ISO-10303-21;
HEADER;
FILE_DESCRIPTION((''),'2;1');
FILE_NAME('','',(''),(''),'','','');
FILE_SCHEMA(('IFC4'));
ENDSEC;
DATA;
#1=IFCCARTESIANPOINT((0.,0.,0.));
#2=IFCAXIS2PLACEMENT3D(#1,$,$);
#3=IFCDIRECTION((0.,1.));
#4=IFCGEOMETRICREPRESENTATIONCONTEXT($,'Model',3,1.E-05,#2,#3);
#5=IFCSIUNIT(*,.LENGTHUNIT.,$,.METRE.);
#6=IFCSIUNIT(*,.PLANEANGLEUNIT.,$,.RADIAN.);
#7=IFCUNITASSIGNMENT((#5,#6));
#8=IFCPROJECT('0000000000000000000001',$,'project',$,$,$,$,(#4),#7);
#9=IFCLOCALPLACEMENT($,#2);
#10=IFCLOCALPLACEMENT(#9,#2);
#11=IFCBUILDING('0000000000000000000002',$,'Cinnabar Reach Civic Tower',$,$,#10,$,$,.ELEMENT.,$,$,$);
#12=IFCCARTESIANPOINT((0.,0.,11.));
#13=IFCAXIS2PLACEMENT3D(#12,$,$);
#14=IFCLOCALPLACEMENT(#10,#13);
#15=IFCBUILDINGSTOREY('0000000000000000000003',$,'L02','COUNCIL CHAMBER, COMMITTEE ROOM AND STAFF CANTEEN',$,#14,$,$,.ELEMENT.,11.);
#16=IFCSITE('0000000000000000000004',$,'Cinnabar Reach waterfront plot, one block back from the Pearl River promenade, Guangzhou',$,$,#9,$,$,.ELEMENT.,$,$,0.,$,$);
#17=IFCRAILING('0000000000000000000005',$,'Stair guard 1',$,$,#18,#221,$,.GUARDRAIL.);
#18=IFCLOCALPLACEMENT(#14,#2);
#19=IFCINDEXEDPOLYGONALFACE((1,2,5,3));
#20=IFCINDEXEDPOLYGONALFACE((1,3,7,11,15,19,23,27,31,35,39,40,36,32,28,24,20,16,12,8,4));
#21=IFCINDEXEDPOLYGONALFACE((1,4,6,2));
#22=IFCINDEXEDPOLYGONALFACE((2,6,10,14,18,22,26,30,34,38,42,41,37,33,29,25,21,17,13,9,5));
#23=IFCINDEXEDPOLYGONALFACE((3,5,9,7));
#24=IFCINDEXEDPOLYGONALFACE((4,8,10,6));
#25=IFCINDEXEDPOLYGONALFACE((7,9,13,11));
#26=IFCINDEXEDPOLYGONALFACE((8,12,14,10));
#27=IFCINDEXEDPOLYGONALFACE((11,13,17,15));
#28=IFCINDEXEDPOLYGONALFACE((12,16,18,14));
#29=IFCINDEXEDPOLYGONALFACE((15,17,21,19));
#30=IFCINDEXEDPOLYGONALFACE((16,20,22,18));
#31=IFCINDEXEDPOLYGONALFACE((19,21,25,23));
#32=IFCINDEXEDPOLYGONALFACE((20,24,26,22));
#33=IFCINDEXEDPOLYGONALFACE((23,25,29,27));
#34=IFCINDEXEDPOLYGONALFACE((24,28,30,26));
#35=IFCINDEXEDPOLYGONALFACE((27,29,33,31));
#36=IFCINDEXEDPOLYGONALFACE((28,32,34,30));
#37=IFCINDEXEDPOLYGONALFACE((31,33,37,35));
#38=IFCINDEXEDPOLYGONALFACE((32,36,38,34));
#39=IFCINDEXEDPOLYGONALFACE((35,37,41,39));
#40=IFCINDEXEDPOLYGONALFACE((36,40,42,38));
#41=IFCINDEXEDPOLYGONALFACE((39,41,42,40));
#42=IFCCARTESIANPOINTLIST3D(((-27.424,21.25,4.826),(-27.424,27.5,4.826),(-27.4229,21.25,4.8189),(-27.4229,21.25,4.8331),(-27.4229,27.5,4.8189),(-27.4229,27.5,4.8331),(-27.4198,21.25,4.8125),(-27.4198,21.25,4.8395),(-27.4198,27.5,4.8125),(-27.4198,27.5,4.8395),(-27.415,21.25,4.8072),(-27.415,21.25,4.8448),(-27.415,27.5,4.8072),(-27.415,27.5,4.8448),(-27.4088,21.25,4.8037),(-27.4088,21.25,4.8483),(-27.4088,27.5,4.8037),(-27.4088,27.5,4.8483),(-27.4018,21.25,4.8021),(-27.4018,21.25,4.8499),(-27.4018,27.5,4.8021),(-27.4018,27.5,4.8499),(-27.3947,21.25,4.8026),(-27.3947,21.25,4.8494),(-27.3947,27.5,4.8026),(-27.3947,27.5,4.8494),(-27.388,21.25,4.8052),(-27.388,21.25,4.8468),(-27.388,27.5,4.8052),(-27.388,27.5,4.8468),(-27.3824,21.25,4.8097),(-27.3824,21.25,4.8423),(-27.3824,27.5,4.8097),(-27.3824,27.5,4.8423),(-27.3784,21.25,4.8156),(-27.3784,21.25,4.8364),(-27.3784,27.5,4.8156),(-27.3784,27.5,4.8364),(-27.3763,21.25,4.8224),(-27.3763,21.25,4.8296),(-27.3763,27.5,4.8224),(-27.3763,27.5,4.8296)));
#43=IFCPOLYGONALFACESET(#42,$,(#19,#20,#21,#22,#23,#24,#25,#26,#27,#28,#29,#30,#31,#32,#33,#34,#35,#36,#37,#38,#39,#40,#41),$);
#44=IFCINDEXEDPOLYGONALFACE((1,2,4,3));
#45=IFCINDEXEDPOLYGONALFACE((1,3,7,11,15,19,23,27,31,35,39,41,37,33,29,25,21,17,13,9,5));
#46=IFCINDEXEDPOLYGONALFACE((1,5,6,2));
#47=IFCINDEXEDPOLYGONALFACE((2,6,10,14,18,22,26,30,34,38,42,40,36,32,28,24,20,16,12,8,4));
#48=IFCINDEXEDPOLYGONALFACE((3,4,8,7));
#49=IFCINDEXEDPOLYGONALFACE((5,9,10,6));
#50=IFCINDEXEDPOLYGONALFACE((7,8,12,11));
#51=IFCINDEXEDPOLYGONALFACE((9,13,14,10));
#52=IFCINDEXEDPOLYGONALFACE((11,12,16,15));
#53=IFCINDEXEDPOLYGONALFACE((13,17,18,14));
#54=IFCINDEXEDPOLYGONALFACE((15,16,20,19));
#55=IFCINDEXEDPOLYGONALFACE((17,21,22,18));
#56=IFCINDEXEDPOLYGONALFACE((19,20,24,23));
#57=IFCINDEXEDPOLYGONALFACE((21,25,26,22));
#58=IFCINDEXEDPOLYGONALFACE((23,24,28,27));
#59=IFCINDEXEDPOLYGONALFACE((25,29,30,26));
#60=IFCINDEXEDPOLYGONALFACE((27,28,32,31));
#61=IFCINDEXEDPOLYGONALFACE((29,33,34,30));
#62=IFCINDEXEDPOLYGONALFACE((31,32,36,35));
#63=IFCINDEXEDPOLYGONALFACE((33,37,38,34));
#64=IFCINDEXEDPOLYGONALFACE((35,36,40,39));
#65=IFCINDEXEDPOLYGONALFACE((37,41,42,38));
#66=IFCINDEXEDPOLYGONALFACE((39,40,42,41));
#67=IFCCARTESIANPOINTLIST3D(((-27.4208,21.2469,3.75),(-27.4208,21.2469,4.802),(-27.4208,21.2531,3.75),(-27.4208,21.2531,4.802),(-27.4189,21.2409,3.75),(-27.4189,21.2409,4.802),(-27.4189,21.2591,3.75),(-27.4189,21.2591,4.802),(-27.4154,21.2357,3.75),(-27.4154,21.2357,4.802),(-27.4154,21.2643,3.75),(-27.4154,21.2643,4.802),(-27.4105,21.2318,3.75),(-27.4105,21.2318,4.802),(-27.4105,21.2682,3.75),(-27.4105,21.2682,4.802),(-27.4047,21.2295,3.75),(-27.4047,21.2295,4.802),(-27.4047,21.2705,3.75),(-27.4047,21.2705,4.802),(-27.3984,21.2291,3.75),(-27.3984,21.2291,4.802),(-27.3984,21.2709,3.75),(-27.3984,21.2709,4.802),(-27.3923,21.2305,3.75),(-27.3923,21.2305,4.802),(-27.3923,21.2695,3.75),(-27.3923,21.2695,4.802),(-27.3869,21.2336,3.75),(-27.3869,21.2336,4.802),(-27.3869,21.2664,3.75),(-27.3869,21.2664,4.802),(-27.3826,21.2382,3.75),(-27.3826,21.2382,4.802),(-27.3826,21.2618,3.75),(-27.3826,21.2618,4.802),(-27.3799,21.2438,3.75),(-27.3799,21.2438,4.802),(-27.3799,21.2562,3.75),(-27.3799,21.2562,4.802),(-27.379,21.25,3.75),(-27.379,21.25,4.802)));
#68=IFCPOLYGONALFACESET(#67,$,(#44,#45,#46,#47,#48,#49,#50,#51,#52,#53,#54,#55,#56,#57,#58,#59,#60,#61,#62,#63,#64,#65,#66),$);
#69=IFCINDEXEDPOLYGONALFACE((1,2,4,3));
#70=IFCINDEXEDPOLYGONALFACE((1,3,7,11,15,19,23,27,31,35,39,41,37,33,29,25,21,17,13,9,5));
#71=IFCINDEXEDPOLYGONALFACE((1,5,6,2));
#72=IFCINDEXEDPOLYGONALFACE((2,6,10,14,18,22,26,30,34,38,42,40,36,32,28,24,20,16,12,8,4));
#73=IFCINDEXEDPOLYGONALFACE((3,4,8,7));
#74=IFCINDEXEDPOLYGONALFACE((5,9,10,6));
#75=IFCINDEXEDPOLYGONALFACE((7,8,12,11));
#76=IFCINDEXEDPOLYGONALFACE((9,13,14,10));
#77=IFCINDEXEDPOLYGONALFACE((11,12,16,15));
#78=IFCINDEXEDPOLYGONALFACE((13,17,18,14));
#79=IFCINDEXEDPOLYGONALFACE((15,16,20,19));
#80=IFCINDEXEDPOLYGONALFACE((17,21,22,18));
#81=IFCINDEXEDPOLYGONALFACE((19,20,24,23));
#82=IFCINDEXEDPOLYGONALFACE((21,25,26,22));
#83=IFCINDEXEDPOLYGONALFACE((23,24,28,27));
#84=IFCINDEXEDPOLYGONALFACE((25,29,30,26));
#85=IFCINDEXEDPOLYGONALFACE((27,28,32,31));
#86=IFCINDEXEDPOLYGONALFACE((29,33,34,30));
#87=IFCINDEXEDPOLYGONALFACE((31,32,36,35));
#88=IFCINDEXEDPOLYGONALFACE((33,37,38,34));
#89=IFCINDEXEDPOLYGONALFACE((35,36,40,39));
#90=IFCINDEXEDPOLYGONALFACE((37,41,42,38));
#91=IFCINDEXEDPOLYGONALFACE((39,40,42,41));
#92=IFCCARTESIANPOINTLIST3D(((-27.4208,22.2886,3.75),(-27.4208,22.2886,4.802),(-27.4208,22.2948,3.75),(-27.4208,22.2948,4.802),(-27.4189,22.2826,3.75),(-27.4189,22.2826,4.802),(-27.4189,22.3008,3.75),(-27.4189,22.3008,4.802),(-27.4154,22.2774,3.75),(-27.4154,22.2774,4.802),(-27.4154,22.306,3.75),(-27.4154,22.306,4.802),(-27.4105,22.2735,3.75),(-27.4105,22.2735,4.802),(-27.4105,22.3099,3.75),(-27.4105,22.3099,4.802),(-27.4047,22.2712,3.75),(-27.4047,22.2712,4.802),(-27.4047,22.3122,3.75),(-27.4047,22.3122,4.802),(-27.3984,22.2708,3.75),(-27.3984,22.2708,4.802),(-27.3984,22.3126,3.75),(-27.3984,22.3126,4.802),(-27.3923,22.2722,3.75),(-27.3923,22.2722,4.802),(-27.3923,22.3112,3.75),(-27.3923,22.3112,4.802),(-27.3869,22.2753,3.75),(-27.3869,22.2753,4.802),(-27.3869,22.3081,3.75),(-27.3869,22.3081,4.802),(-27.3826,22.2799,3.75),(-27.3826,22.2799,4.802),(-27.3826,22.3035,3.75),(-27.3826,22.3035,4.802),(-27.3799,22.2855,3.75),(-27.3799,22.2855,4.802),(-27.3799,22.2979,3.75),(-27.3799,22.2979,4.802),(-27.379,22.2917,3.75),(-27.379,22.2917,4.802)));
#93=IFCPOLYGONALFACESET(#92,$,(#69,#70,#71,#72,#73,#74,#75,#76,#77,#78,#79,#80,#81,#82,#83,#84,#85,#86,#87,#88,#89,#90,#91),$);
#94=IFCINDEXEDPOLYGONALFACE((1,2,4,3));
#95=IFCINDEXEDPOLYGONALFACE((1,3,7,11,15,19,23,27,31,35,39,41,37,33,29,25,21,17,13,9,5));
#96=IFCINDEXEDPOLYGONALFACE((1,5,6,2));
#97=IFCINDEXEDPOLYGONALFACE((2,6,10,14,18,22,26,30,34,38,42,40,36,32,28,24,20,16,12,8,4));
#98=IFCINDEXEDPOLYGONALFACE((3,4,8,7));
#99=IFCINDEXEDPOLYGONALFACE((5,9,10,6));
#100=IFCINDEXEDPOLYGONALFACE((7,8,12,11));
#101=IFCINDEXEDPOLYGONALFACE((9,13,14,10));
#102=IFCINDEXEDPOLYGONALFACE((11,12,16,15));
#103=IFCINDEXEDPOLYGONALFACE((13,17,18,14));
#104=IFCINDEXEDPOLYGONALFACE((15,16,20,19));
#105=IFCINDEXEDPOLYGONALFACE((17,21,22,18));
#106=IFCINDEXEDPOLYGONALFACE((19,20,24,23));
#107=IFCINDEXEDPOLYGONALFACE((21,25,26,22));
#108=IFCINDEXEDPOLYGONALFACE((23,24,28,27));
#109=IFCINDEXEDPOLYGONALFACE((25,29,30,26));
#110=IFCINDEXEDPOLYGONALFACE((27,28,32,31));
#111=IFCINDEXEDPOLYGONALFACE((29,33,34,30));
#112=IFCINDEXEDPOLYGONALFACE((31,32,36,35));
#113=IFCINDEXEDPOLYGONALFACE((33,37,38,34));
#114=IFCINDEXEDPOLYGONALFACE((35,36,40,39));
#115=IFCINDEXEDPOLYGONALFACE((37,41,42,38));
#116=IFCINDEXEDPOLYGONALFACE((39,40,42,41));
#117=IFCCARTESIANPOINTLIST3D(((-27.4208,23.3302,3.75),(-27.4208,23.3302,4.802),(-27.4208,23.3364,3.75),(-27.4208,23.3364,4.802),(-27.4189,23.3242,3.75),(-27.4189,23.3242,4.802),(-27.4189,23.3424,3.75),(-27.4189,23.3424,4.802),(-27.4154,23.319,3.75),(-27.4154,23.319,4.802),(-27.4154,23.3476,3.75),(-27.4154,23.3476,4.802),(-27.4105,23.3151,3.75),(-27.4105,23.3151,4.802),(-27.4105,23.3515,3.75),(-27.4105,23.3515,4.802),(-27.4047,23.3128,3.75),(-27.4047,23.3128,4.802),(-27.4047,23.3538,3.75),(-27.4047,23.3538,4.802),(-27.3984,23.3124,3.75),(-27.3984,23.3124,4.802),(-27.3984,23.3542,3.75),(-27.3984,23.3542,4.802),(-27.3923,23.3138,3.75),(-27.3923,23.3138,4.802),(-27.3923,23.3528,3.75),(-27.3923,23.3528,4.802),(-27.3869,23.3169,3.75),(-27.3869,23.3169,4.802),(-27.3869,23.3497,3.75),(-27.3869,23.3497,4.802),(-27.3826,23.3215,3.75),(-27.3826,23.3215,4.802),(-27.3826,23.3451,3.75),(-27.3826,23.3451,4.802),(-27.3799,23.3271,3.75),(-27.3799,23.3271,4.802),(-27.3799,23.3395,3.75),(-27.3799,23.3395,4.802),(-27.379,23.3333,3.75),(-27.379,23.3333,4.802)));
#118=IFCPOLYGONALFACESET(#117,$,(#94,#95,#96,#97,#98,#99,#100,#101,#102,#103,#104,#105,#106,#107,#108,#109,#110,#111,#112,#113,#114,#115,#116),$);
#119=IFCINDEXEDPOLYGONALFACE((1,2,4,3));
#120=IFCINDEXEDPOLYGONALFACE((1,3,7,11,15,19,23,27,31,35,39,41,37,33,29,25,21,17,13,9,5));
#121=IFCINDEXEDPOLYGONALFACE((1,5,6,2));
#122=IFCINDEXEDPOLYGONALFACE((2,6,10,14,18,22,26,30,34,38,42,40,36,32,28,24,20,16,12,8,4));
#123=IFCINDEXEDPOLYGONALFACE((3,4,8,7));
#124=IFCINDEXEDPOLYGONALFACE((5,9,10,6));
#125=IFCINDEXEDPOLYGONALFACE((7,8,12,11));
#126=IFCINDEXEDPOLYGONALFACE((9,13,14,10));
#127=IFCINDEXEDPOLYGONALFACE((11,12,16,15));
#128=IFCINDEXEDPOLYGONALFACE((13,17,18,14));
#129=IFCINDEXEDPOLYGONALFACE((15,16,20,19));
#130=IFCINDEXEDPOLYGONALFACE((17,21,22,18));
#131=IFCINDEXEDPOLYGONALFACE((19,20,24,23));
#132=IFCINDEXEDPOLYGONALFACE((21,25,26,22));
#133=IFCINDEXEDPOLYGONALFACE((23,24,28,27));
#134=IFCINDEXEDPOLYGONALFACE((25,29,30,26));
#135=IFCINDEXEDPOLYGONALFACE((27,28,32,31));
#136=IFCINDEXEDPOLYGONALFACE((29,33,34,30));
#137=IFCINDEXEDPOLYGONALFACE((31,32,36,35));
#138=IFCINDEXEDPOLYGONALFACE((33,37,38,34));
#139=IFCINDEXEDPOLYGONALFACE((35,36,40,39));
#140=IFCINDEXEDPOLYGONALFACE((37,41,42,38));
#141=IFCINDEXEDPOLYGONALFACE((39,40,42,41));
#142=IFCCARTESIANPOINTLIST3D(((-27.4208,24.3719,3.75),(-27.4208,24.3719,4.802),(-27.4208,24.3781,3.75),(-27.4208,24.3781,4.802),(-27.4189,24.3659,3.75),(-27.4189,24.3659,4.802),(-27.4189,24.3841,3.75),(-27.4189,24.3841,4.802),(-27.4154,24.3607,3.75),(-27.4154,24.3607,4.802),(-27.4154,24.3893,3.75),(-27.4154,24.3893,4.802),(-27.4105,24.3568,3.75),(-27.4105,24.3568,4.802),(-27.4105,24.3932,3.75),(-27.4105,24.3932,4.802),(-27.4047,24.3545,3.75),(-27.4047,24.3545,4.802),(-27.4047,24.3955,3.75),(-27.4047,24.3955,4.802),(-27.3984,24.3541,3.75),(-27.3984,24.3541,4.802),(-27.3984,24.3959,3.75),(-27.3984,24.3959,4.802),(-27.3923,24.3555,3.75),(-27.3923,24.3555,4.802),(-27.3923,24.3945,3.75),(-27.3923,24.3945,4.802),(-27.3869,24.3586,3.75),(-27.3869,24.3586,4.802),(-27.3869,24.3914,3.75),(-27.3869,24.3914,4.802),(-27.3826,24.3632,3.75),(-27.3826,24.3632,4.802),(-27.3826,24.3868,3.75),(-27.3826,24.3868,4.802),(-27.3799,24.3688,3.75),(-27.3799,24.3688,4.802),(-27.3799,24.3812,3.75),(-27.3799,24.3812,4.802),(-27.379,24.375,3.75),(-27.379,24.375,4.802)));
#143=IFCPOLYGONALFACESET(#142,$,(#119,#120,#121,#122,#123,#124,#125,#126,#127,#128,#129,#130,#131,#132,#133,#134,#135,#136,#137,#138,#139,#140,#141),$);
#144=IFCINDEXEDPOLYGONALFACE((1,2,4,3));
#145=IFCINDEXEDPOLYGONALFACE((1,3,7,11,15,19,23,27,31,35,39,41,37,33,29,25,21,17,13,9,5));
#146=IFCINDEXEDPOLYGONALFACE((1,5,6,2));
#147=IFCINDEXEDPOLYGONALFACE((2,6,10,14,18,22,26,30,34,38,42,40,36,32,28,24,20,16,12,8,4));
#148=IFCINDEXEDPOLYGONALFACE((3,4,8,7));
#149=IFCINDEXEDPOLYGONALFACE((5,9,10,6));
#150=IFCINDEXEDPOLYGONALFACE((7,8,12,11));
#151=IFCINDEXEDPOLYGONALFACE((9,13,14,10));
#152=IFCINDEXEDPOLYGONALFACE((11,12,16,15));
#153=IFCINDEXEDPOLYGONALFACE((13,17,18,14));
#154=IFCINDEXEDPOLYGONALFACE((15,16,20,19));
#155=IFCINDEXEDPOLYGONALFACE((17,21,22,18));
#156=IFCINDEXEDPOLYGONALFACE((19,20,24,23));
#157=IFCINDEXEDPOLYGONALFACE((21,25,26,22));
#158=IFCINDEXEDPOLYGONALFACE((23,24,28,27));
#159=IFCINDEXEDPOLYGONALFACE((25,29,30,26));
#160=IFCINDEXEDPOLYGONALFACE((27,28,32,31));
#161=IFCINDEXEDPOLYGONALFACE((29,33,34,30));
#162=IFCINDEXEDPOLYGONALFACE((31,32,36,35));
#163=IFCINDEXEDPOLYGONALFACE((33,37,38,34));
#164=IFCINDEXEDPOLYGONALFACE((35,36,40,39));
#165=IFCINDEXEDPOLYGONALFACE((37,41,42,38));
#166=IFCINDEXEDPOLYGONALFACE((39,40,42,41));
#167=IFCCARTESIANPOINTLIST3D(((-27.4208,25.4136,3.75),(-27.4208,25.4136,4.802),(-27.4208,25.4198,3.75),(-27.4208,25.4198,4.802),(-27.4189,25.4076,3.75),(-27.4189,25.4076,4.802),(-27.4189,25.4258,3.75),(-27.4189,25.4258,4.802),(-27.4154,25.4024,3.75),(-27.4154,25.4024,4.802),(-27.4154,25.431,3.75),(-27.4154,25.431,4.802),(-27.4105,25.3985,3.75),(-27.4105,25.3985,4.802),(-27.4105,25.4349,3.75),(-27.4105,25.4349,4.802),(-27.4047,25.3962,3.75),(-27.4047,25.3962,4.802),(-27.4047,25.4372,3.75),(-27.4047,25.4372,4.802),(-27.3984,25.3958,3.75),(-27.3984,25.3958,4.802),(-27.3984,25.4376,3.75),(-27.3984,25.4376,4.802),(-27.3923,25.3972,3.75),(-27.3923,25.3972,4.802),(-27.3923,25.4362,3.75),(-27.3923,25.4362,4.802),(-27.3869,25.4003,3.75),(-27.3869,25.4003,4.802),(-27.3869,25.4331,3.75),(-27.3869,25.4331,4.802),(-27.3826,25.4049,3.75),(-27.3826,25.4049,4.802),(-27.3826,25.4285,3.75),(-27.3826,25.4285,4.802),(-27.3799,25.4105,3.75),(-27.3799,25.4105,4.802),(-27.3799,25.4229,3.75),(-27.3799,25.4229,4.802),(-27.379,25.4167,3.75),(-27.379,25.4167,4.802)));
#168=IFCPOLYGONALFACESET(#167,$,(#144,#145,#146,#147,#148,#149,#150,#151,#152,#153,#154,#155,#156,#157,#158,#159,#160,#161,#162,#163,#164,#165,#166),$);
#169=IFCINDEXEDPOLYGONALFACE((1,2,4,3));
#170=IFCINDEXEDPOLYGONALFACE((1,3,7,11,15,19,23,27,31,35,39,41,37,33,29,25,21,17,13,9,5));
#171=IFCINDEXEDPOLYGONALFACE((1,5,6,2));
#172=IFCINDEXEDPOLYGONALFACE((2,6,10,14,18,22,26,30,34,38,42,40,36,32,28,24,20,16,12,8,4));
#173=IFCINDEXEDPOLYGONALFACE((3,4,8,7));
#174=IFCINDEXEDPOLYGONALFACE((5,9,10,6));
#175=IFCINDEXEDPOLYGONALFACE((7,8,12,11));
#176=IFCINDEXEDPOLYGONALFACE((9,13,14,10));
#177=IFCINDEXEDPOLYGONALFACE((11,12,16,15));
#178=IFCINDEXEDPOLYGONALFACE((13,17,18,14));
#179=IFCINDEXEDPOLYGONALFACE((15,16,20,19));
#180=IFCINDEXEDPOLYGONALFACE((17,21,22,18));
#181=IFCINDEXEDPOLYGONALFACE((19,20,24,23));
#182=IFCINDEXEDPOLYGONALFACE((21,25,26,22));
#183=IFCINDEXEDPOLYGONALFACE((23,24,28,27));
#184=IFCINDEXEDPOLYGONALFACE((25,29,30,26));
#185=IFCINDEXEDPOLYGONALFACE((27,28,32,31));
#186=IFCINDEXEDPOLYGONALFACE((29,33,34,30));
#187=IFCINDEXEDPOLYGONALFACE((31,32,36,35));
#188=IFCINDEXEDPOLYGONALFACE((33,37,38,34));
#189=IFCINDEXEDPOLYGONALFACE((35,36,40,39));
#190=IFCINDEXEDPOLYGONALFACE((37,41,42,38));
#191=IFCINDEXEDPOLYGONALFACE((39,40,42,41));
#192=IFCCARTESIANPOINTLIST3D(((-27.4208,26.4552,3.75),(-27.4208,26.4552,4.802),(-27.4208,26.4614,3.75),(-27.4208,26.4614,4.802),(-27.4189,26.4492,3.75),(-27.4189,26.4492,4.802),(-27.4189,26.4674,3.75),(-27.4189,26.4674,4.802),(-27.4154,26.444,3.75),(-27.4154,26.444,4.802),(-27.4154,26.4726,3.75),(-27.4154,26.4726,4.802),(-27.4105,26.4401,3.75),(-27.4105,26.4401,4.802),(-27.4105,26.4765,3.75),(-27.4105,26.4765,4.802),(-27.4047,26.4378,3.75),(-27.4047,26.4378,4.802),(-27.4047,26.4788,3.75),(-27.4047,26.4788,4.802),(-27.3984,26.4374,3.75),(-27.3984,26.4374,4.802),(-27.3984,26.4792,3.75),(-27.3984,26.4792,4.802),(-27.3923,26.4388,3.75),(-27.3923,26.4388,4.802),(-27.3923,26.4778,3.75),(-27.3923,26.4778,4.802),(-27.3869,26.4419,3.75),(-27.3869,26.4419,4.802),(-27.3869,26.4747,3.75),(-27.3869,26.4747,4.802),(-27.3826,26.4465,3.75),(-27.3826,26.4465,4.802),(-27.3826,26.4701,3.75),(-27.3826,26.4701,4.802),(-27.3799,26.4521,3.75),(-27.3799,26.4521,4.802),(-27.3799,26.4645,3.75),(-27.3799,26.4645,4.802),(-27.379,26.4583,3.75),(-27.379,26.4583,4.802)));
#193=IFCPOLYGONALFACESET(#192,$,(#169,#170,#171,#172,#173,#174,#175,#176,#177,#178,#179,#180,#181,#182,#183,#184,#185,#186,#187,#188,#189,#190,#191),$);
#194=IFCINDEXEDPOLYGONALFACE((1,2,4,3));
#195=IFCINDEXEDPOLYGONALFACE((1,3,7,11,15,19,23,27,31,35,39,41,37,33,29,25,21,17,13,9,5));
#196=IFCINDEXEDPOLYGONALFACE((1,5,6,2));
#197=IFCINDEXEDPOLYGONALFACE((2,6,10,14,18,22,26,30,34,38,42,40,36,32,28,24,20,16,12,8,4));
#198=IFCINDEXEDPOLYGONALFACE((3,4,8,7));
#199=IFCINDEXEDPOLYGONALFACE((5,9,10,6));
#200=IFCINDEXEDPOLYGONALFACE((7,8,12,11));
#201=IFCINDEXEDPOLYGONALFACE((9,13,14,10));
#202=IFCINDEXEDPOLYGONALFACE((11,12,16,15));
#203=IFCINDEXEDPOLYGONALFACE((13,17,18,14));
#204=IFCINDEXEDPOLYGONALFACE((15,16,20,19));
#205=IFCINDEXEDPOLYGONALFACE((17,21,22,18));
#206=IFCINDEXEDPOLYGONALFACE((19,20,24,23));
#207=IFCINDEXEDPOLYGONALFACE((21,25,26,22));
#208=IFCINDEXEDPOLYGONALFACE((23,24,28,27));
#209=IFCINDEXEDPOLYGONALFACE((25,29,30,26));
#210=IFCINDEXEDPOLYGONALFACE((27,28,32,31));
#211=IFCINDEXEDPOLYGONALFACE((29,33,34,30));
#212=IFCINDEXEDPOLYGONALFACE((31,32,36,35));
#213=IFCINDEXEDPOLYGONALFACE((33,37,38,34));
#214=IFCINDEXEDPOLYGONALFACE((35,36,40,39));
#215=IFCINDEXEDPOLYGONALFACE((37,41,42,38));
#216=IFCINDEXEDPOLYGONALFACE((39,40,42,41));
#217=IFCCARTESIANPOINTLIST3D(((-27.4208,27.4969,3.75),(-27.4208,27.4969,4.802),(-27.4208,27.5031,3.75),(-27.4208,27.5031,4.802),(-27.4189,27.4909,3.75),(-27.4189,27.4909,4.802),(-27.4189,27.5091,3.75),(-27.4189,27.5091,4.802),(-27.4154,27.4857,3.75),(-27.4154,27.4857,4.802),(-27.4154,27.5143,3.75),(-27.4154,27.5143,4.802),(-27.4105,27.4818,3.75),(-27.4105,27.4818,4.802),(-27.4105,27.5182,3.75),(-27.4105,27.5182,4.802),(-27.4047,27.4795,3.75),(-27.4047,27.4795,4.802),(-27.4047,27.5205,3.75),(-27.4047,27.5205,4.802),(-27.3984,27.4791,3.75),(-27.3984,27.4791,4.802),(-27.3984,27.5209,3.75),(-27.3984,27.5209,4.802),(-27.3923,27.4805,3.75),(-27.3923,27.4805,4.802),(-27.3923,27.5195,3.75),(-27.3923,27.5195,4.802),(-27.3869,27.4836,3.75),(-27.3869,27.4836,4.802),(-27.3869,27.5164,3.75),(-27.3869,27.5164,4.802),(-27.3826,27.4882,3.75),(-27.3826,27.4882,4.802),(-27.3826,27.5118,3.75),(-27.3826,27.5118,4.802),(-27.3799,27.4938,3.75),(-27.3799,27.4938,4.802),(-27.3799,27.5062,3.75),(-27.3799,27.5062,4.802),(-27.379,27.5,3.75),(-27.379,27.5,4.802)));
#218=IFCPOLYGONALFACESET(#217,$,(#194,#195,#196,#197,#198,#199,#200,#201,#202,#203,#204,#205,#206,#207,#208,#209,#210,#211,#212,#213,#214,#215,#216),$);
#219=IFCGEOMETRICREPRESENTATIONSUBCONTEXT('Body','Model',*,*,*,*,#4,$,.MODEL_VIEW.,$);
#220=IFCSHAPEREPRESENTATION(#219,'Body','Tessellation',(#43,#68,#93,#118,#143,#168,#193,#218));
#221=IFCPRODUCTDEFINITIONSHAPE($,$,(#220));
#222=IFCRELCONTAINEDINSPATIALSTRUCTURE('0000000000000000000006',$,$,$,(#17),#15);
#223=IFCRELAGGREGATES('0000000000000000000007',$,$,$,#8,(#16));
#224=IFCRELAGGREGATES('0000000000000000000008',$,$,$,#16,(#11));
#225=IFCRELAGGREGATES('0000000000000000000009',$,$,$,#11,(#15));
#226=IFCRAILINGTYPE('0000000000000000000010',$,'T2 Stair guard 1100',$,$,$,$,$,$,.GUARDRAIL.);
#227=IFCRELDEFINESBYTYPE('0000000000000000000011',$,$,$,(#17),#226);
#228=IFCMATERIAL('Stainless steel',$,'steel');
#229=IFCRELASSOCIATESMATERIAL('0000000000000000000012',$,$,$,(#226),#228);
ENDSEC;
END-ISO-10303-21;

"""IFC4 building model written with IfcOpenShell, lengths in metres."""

from ifc_helpers import new_model, si_unit, direction, frame, origin, origin_2d, place, context, subcontext, project, spatial, circle, extrude, material, type_object, element, save


model = new_model("IFC4")

# Units and contexts
model_context = context("Model", 3, precision=1e-05, world=origin(), true_north=direction((0.0, 1.0)))
body_context = subcontext(model_context, "Body", "Model", "MODEL_VIEW")
ifc_project = project(units=[si_unit("LENGTHUNIT", "METRE"), si_unit("PLANEANGLEUNIT", "RADIAN")], contexts=[model_context])

# Site, building, storey
site_placement = place(None, origin())
site = spatial("IfcSite", under=ifc_project, at=site_placement, Name="Cinnabar Reach waterfront plot, one block back from the Pearl River promenade, Guangzhou", CompositionType="ELEMENT", RefElevation=0.0)
building_placement = place(site_placement, origin())
building = spatial("IfcBuilding", under=site, at=building_placement, Name="Cinnabar Reach Civic Tower", CompositionType="ELEMENT")
storey_placement = place(building_placement, frame((0.0, 0.0, 11.0)))
storey = spatial("IfcBuildingStorey", under=building, at=storey_placement, Name="L02", Description="COUNCIL CHAMBER, COMMITTEE ROOM AND STAFF CANTEEN", CompositionType="ELEMENT", Elevation=11.0)

# Railing
ifc_material_1 = material(Name="Stainless steel", Category="steel")
railing_type = type_object("IfcRailingType", Name="T2 Stair guard 1100", PredefinedType="GUARDRAIL", material=ifc_material_1)
for number, where, name in (
    (1, (-27.4, 21.25, 3.75), "Stair guard 1"),
):
    element("IfcRailing", number, at=place(storey_placement, frame(where)), inside=storey, type_object=railing_type, Name=name, PredefinedType="GUARDRAIL", context=body_context, shape_type="SweptSolid", body=[
        extrude(circle(Radius=0.024, at=origin_2d()), frame((0.0, 0.0, 1.076), z_axis=(0.0, 1.0, 0.0), x_axis=(-1.0, 0.0, 0.0)), (0.0, 0.0, 1.0), 6.25),
        extrude(circle(Radius=0.021, at=origin_2d()), origin(), (0.0, 0.0, 1.0), 1.052),
        extrude(circle(Radius=0.021, at=origin_2d()), frame((0.0, 1.0417, 0.0)), (0.0, 0.0, 1.0), 1.052),
        extrude(circle(Radius=0.021, at=origin_2d()), frame((0.0, 2.0833, 0.0)), (0.0, 0.0, 1.0), 1.052),
        extrude(circle(Radius=0.021, at=origin_2d()), frame((0.0, 3.125, 0.0)), (0.0, 0.0, 1.0), 1.052),
        extrude(circle(Radius=0.021, at=origin_2d()), frame((0.0, 4.1667, 0.0)), (0.0, 0.0, 1.0), 1.052),
        extrude(circle(Radius=0.021, at=origin_2d()), frame((0.0, 5.2083, 0.0)), (0.0, 0.0, 1.0), 1.052),
        extrude(circle(Radius=0.021, at=origin_2d()), frame((0.0, 6.25, 0.0)), (0.0, 0.0, 1.0), 1.052),
    ])

save(model, "model.ifc")
